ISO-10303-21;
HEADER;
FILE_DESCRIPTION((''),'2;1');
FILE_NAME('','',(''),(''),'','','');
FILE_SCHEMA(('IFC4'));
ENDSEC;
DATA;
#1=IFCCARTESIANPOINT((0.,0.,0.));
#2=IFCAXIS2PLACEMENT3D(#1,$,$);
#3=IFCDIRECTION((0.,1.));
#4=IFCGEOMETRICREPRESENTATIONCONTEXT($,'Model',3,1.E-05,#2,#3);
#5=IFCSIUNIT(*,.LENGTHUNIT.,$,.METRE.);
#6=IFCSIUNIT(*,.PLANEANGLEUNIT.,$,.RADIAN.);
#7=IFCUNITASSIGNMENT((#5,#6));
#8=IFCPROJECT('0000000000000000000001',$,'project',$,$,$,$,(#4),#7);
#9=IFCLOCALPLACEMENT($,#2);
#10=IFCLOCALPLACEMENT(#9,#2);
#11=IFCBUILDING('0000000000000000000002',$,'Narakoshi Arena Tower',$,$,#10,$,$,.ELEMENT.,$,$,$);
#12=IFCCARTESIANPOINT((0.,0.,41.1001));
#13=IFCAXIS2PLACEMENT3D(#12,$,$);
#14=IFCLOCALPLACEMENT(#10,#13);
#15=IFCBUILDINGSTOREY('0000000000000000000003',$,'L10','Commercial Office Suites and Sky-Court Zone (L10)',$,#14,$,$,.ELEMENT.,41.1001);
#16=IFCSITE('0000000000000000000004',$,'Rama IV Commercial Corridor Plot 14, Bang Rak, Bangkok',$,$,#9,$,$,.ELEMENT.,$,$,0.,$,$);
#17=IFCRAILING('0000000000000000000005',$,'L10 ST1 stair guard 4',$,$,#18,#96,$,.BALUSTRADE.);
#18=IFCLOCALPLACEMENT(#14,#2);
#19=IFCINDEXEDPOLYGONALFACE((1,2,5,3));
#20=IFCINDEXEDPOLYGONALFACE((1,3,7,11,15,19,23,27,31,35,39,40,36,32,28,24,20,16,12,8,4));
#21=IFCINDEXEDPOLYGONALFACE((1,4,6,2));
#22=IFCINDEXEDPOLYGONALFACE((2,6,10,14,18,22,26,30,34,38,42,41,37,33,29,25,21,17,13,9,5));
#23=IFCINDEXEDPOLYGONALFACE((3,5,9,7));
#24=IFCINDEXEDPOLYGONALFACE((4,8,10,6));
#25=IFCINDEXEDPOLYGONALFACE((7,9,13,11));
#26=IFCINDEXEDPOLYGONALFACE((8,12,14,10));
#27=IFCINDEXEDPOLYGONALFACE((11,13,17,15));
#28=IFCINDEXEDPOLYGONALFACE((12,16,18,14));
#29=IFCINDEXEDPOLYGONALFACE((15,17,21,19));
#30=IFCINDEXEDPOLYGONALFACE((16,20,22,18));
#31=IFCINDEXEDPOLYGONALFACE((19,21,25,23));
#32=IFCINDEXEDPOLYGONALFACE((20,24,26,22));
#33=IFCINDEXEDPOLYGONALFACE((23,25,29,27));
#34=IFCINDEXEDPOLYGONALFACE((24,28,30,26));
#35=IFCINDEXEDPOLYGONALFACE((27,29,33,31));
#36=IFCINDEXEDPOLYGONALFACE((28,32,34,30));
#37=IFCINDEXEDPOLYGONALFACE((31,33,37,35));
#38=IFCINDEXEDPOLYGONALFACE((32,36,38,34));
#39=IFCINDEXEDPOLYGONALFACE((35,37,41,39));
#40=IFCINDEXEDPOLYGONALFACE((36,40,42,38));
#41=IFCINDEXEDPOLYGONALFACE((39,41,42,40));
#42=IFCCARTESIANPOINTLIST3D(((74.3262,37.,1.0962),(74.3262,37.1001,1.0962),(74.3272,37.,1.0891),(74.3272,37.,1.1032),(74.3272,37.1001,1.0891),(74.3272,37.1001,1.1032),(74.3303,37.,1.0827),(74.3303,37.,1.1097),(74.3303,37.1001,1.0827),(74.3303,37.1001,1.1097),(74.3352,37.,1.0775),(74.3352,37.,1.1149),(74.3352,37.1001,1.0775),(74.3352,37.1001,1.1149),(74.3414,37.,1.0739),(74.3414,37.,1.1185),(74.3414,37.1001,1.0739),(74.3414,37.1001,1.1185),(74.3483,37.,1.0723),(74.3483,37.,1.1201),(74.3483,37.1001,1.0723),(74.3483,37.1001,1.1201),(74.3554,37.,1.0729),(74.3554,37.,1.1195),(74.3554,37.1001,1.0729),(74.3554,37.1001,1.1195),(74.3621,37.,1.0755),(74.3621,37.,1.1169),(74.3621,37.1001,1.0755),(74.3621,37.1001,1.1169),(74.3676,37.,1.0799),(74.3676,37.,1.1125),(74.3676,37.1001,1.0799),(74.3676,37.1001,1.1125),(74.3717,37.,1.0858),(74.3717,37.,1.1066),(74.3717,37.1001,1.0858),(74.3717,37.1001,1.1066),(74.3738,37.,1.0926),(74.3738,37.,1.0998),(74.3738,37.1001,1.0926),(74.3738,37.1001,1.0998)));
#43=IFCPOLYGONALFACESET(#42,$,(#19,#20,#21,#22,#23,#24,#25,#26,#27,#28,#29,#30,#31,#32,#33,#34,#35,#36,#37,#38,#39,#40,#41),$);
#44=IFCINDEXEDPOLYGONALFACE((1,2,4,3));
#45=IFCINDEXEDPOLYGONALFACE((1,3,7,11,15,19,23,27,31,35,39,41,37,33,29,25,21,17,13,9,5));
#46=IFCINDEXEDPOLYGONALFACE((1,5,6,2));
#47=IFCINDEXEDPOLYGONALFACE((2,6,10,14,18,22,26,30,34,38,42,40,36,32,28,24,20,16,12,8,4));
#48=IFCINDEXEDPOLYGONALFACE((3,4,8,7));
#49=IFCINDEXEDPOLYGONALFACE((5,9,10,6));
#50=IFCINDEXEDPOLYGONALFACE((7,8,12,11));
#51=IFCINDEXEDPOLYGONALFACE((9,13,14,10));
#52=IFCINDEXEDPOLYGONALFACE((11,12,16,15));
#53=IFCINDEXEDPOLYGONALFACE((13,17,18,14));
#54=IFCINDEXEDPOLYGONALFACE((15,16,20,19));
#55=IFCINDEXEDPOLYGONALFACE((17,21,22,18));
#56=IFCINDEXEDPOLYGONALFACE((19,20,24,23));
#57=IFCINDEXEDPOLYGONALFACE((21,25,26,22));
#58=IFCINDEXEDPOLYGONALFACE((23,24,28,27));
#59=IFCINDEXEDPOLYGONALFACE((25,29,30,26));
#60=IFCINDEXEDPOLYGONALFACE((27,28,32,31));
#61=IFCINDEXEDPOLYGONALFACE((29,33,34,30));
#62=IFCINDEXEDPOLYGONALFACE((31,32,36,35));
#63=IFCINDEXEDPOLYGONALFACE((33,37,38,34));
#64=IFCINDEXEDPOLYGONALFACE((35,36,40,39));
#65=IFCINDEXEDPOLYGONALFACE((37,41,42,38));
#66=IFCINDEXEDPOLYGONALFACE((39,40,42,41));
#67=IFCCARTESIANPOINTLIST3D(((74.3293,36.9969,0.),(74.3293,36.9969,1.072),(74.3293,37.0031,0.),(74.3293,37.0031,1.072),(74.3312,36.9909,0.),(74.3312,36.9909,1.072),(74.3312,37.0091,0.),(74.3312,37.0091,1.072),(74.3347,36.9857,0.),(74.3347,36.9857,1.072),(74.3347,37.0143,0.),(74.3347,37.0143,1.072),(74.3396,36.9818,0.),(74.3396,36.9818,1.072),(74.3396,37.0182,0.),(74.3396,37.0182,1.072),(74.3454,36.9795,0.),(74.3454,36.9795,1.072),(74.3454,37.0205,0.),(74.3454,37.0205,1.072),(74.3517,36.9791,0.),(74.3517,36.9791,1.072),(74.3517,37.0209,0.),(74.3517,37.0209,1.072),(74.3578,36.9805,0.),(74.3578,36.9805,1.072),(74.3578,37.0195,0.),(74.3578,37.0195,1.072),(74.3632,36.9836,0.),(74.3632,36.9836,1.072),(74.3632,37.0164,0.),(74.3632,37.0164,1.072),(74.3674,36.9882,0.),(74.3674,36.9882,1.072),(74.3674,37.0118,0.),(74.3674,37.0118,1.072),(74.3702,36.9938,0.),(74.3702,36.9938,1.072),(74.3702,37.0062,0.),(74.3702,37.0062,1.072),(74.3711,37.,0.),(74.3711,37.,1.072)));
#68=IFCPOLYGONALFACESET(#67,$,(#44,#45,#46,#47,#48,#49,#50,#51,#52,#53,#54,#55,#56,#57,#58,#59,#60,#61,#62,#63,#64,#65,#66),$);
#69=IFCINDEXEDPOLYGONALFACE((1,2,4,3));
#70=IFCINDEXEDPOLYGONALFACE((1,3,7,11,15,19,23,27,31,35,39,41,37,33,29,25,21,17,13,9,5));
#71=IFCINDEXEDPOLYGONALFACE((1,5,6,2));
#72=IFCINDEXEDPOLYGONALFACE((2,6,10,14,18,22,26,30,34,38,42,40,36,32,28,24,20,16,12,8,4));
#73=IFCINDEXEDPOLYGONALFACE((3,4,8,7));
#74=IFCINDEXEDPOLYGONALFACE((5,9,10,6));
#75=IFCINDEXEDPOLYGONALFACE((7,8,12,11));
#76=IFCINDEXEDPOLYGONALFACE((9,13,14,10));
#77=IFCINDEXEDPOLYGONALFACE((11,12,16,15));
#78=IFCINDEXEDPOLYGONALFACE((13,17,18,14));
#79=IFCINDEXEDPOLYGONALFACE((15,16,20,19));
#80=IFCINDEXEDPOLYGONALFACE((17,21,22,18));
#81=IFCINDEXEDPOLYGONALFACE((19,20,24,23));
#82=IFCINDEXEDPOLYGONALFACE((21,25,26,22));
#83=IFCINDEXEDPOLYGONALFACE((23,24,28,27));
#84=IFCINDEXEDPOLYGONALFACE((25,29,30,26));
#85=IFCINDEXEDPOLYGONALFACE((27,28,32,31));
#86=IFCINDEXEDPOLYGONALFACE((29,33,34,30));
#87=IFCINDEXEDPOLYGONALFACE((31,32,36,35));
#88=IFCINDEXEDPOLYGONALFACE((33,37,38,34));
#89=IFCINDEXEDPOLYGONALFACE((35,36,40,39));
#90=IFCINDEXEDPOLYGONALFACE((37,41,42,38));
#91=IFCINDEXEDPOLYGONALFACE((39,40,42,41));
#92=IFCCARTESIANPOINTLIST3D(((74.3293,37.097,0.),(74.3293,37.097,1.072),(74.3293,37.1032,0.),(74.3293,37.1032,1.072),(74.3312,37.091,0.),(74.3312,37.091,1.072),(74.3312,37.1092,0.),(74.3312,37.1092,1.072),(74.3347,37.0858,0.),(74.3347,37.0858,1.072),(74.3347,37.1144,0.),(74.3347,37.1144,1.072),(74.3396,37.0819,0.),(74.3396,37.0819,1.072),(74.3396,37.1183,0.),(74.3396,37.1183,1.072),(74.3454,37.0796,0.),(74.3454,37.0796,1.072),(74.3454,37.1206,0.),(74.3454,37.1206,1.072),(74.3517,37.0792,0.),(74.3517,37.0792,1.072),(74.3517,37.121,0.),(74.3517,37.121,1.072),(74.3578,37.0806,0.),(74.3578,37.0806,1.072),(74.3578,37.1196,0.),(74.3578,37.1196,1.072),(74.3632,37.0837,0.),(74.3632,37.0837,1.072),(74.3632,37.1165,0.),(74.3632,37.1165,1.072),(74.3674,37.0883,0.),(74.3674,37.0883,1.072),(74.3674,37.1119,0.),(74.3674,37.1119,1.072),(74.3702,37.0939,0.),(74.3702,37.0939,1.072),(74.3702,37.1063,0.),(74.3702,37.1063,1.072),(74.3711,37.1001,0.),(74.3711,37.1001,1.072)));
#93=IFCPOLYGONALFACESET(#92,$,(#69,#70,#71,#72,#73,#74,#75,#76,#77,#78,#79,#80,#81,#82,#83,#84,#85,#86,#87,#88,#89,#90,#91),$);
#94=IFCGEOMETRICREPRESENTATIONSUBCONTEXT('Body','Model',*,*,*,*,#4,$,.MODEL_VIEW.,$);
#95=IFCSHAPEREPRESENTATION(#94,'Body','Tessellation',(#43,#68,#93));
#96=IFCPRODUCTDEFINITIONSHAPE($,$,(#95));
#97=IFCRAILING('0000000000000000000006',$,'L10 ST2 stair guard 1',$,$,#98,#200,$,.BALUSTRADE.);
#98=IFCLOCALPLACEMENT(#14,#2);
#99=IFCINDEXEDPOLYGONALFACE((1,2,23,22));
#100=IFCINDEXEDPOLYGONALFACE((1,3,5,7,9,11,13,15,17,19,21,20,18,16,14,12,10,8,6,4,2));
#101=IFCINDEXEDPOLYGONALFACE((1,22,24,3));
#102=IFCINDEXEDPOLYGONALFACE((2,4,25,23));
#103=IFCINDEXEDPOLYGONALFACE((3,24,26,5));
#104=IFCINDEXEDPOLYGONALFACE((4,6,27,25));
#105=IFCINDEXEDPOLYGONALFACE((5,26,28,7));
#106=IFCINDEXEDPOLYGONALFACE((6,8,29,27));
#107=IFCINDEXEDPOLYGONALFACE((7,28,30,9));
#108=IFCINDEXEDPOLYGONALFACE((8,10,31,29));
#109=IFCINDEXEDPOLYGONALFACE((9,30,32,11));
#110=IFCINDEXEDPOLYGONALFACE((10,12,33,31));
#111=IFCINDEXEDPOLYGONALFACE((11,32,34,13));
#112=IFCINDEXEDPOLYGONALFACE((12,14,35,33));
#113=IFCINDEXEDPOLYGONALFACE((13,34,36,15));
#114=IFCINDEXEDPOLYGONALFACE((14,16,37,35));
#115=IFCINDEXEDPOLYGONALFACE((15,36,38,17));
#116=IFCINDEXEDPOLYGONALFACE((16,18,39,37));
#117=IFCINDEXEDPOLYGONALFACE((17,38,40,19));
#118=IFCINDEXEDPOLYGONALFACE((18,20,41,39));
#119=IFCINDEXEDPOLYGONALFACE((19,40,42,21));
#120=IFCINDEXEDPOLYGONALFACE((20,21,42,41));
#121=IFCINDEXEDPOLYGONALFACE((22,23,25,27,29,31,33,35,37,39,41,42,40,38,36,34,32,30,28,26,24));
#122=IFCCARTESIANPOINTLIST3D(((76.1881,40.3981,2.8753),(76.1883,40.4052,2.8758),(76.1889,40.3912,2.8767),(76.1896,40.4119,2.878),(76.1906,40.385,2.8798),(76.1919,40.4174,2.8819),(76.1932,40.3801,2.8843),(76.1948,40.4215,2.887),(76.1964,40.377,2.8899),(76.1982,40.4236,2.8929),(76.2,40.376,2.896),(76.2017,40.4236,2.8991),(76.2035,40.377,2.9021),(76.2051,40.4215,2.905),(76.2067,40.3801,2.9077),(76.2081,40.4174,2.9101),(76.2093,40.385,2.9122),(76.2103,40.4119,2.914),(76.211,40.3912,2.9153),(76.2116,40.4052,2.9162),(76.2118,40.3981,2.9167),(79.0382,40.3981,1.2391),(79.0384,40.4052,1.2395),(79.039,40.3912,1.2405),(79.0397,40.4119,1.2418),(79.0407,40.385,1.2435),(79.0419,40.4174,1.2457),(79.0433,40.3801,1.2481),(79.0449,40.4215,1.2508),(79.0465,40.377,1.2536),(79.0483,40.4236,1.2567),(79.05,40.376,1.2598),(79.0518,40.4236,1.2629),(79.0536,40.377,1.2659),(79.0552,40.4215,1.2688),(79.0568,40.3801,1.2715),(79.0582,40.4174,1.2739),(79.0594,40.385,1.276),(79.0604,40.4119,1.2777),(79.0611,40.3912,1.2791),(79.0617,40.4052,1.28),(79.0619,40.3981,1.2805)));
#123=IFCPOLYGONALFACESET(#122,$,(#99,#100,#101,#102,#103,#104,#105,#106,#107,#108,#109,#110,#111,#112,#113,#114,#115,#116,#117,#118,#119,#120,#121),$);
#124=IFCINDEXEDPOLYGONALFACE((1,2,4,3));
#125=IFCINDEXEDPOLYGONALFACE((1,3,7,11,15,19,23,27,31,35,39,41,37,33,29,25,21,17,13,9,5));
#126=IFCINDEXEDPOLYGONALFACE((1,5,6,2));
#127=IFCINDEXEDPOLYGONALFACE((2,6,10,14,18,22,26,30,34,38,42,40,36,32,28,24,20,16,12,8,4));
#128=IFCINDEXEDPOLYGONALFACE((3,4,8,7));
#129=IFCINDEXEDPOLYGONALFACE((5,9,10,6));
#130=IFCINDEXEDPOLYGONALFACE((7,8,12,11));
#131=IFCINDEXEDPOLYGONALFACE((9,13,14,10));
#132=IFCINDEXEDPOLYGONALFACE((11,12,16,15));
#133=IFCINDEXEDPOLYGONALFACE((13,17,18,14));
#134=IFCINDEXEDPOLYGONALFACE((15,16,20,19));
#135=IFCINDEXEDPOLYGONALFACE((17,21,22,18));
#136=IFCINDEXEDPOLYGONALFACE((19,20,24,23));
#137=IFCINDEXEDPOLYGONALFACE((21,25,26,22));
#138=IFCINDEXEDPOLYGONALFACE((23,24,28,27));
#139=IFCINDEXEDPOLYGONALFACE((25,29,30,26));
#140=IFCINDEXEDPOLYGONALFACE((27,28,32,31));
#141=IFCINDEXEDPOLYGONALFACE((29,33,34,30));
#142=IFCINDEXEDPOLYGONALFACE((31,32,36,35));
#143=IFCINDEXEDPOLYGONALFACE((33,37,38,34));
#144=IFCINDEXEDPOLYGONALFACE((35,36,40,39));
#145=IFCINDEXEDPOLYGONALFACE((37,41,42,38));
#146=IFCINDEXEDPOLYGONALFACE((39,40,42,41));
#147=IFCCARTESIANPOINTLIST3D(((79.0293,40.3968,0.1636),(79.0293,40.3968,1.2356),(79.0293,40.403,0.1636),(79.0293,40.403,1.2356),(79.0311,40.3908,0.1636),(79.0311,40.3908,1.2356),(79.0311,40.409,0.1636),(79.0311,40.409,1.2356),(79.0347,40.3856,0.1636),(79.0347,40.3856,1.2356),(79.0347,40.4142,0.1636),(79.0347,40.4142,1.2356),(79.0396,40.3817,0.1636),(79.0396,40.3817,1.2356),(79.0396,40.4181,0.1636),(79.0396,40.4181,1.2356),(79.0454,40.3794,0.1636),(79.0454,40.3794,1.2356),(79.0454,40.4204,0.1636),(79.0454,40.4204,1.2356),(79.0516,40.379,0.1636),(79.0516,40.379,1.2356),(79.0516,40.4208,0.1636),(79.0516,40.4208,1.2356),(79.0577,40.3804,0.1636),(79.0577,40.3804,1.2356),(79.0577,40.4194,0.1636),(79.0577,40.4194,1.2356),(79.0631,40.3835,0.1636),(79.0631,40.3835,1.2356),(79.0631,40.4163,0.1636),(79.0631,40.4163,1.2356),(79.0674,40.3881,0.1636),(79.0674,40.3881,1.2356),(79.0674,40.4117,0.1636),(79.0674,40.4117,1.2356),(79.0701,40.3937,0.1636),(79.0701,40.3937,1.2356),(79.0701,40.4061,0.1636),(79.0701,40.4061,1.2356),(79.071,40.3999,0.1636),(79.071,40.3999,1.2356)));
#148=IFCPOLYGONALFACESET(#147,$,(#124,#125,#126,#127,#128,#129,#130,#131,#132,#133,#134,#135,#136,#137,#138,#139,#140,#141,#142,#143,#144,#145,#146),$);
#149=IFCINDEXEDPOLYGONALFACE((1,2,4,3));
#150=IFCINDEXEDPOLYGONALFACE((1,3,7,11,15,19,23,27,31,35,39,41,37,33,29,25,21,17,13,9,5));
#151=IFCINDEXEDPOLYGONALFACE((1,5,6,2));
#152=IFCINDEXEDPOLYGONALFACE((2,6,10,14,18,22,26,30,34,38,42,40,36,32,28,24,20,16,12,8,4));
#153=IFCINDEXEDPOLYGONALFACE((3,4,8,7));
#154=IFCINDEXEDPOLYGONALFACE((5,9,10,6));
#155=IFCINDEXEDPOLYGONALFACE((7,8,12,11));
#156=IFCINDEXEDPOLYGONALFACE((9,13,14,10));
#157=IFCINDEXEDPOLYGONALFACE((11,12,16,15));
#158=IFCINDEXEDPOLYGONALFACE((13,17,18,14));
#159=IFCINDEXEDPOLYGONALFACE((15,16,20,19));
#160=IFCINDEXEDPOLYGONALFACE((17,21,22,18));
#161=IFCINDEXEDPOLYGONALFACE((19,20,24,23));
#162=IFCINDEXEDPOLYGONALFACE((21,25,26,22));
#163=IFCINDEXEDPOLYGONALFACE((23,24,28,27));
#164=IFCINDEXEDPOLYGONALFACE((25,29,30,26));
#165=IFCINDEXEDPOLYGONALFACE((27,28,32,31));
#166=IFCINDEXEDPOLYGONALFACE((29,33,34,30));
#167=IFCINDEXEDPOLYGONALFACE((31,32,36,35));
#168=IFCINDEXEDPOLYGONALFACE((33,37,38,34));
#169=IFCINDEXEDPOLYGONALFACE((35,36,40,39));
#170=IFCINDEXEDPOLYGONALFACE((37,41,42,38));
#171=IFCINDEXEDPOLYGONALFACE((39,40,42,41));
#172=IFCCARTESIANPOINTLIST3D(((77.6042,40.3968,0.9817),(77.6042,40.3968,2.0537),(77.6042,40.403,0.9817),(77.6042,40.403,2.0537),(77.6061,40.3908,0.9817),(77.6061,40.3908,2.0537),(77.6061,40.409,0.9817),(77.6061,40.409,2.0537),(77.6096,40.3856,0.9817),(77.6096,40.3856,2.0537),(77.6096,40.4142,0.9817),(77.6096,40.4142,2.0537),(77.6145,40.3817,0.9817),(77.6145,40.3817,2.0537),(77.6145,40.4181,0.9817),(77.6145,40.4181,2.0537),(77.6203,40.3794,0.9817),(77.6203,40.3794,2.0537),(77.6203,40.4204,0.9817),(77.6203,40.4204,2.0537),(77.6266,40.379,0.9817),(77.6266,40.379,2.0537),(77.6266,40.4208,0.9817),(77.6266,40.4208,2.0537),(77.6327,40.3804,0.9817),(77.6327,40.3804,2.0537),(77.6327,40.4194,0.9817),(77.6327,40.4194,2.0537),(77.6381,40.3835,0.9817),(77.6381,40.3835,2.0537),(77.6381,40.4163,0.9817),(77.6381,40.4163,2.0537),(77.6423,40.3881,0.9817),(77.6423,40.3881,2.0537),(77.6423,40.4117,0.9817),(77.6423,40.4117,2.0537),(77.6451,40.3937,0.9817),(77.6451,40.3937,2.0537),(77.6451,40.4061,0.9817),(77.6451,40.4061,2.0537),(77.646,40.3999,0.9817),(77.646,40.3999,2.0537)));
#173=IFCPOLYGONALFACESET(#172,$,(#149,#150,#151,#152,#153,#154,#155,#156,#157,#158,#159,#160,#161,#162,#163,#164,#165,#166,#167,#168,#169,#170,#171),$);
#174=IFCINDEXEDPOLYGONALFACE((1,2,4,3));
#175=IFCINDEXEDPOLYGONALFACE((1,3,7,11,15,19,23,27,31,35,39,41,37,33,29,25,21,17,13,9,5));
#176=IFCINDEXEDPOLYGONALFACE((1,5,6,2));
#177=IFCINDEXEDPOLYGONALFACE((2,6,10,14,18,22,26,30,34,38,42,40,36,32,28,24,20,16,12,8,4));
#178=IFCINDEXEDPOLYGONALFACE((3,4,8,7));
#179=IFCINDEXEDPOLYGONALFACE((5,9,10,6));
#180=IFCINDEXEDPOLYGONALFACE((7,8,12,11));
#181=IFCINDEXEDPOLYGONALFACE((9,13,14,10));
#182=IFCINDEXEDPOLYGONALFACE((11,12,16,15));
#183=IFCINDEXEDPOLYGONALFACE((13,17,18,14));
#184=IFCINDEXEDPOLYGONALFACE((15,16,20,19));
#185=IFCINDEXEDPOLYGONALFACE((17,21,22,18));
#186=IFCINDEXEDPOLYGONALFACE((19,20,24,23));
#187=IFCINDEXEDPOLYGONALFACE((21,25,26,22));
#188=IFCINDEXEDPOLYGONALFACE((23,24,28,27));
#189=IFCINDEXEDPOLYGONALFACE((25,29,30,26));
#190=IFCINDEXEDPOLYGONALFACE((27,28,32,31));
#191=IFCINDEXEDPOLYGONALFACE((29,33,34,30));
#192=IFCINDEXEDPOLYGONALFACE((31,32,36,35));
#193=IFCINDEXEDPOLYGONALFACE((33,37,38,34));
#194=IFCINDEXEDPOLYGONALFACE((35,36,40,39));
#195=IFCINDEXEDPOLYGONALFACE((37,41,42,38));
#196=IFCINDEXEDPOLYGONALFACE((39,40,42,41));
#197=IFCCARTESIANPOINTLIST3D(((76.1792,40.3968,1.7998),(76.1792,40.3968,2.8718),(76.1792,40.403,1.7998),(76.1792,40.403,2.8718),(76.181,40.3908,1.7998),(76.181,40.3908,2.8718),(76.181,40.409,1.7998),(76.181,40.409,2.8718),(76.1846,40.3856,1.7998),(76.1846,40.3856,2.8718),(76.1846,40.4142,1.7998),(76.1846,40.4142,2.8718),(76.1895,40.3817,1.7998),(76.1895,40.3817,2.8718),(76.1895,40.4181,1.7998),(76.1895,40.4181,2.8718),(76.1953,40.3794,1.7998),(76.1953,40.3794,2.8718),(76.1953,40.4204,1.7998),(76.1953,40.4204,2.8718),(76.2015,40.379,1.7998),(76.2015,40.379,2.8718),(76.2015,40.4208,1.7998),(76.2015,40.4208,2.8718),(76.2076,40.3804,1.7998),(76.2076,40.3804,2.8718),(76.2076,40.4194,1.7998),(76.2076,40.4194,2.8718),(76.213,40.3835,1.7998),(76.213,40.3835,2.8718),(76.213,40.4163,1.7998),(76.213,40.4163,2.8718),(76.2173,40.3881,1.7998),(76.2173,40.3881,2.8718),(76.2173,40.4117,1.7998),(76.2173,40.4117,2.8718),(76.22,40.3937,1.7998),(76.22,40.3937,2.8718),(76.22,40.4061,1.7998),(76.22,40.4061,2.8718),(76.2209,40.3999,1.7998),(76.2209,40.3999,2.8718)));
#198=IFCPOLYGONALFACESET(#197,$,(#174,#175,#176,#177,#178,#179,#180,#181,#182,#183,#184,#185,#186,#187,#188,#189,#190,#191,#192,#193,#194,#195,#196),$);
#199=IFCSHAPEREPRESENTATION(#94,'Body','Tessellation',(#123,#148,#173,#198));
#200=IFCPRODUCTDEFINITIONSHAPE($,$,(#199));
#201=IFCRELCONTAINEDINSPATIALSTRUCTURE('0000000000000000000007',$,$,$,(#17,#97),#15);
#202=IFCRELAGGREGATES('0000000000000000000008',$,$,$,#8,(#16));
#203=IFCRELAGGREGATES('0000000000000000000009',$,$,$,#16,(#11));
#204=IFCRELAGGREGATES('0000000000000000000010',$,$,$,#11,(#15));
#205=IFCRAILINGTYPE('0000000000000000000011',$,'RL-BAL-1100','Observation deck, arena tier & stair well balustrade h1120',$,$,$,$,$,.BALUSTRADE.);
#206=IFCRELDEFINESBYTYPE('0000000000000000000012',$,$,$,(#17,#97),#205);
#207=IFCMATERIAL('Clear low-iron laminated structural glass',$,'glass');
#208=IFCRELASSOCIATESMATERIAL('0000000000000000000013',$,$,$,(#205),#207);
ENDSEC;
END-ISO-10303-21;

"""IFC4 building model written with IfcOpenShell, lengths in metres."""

from ifc_helpers import new_model, si_unit, direction, frame, origin, origin_2d, place, context, subcontext, project, spatial, circle, extrude, material, type_object, element, save


model = new_model("IFC4")

# Units and contexts
model_context = context("Model", 3, precision=1e-05, world=origin(), true_north=direction((0.0, 1.0)))
body_context = subcontext(model_context, "Body", "Model", "MODEL_VIEW")
ifc_project = project(units=[si_unit("LENGTHUNIT", "METRE"), si_unit("PLANEANGLEUNIT", "RADIAN")], contexts=[model_context])

# Site, building, storey
site_placement = place(None, origin())
site = spatial("IfcSite", under=ifc_project, at=site_placement, Name="Rama IV Commercial Corridor Plot 14, Bang Rak, Bangkok", CompositionType="ELEMENT", RefElevation=0.0)
building_placement = place(site_placement, origin())
building = spatial("IfcBuilding", under=site, at=building_placement, Name="Narakoshi Arena Tower", CompositionType="ELEMENT")
storey_placement = place(building_placement, frame((0.0, 0.0, 41.1001)))
storey = spatial("IfcBuildingStorey", under=building, at=storey_placement, Name="L10", Description="Commercial Office Suites and Sky-Court Zone (L10)", CompositionType="ELEMENT", Elevation=41.1001)

# Railings
ifc_material_1 = material(Name="Clear low-iron laminated structural glass", Category="glass")
railing_type_1 = type_object("IfcRailingType", Name="RL-BAL-1100", Description="Observation deck, arena tier & stair well balustrade h1120", PredefinedType="BALUSTRADE", material=ifc_material_1)
railing_1_placement = place(storey_placement, frame((74.3501, 37.0, 0.0)))
element("IfcRailing", 1, at=railing_1_placement, inside=storey, type_object=railing_type_1, Name="L10 ST1 stair guard 4", PredefinedType="BALUSTRADE", context=body_context, shape_type="SweptSolid", body=[
    extrude(circle(Radius=0.0239, at=origin_2d()), frame((0.0, 0.0, 1.0962), z_axis=(0.0, 1.0, 0.0), x_axis=(-1.0, 0.0, 0.0)), (0.0, 0.0, 1.0), 0.1001),
    extrude(circle(Radius=0.021, at=origin_2d()), origin(), (0.0, 0.0, 1.0), 1.072),
    extrude(circle(Radius=0.021, at=origin_2d()), frame((0.0, 0.1001, 0.0)), (0.0, 0.0, 1.0), 1.072),
])
railing_2_placement = place(storey_placement, frame((79.05, 40.3999, 0.1636)))
element("IfcRailing", 2, at=railing_2_placement, inside=storey, type_object=railing_type_1, Name="L10 ST2 stair guard 1", PredefinedType="BALUSTRADE", context=body_context, shape_type="SweptSolid", body=[
    extrude(circle(Radius=0.0239, at=origin_2d()), frame((0.0, 0.0, 1.0962), z_axis=(-0.867245, 0.0, 0.497882), x_axis=(0.0, -1.0, 0.0)), (0.0, 0.0, 1.0), 3.2864),
    extrude(circle(Radius=0.021, at=origin_2d()), origin(), (0.0, 0.0, 1.0), 1.072),
    extrude(circle(Radius=0.021, at=origin_2d()), frame((-1.425, 0.0, 0.8181)), (0.0, 0.0, 1.0), 1.072),
    extrude(circle(Radius=0.021, at=origin_2d()), frame((-2.8501, 0.0, 1.6362)), (0.0, 0.0, 1.0), 1.072),
])

save(model, "model.ifc")
